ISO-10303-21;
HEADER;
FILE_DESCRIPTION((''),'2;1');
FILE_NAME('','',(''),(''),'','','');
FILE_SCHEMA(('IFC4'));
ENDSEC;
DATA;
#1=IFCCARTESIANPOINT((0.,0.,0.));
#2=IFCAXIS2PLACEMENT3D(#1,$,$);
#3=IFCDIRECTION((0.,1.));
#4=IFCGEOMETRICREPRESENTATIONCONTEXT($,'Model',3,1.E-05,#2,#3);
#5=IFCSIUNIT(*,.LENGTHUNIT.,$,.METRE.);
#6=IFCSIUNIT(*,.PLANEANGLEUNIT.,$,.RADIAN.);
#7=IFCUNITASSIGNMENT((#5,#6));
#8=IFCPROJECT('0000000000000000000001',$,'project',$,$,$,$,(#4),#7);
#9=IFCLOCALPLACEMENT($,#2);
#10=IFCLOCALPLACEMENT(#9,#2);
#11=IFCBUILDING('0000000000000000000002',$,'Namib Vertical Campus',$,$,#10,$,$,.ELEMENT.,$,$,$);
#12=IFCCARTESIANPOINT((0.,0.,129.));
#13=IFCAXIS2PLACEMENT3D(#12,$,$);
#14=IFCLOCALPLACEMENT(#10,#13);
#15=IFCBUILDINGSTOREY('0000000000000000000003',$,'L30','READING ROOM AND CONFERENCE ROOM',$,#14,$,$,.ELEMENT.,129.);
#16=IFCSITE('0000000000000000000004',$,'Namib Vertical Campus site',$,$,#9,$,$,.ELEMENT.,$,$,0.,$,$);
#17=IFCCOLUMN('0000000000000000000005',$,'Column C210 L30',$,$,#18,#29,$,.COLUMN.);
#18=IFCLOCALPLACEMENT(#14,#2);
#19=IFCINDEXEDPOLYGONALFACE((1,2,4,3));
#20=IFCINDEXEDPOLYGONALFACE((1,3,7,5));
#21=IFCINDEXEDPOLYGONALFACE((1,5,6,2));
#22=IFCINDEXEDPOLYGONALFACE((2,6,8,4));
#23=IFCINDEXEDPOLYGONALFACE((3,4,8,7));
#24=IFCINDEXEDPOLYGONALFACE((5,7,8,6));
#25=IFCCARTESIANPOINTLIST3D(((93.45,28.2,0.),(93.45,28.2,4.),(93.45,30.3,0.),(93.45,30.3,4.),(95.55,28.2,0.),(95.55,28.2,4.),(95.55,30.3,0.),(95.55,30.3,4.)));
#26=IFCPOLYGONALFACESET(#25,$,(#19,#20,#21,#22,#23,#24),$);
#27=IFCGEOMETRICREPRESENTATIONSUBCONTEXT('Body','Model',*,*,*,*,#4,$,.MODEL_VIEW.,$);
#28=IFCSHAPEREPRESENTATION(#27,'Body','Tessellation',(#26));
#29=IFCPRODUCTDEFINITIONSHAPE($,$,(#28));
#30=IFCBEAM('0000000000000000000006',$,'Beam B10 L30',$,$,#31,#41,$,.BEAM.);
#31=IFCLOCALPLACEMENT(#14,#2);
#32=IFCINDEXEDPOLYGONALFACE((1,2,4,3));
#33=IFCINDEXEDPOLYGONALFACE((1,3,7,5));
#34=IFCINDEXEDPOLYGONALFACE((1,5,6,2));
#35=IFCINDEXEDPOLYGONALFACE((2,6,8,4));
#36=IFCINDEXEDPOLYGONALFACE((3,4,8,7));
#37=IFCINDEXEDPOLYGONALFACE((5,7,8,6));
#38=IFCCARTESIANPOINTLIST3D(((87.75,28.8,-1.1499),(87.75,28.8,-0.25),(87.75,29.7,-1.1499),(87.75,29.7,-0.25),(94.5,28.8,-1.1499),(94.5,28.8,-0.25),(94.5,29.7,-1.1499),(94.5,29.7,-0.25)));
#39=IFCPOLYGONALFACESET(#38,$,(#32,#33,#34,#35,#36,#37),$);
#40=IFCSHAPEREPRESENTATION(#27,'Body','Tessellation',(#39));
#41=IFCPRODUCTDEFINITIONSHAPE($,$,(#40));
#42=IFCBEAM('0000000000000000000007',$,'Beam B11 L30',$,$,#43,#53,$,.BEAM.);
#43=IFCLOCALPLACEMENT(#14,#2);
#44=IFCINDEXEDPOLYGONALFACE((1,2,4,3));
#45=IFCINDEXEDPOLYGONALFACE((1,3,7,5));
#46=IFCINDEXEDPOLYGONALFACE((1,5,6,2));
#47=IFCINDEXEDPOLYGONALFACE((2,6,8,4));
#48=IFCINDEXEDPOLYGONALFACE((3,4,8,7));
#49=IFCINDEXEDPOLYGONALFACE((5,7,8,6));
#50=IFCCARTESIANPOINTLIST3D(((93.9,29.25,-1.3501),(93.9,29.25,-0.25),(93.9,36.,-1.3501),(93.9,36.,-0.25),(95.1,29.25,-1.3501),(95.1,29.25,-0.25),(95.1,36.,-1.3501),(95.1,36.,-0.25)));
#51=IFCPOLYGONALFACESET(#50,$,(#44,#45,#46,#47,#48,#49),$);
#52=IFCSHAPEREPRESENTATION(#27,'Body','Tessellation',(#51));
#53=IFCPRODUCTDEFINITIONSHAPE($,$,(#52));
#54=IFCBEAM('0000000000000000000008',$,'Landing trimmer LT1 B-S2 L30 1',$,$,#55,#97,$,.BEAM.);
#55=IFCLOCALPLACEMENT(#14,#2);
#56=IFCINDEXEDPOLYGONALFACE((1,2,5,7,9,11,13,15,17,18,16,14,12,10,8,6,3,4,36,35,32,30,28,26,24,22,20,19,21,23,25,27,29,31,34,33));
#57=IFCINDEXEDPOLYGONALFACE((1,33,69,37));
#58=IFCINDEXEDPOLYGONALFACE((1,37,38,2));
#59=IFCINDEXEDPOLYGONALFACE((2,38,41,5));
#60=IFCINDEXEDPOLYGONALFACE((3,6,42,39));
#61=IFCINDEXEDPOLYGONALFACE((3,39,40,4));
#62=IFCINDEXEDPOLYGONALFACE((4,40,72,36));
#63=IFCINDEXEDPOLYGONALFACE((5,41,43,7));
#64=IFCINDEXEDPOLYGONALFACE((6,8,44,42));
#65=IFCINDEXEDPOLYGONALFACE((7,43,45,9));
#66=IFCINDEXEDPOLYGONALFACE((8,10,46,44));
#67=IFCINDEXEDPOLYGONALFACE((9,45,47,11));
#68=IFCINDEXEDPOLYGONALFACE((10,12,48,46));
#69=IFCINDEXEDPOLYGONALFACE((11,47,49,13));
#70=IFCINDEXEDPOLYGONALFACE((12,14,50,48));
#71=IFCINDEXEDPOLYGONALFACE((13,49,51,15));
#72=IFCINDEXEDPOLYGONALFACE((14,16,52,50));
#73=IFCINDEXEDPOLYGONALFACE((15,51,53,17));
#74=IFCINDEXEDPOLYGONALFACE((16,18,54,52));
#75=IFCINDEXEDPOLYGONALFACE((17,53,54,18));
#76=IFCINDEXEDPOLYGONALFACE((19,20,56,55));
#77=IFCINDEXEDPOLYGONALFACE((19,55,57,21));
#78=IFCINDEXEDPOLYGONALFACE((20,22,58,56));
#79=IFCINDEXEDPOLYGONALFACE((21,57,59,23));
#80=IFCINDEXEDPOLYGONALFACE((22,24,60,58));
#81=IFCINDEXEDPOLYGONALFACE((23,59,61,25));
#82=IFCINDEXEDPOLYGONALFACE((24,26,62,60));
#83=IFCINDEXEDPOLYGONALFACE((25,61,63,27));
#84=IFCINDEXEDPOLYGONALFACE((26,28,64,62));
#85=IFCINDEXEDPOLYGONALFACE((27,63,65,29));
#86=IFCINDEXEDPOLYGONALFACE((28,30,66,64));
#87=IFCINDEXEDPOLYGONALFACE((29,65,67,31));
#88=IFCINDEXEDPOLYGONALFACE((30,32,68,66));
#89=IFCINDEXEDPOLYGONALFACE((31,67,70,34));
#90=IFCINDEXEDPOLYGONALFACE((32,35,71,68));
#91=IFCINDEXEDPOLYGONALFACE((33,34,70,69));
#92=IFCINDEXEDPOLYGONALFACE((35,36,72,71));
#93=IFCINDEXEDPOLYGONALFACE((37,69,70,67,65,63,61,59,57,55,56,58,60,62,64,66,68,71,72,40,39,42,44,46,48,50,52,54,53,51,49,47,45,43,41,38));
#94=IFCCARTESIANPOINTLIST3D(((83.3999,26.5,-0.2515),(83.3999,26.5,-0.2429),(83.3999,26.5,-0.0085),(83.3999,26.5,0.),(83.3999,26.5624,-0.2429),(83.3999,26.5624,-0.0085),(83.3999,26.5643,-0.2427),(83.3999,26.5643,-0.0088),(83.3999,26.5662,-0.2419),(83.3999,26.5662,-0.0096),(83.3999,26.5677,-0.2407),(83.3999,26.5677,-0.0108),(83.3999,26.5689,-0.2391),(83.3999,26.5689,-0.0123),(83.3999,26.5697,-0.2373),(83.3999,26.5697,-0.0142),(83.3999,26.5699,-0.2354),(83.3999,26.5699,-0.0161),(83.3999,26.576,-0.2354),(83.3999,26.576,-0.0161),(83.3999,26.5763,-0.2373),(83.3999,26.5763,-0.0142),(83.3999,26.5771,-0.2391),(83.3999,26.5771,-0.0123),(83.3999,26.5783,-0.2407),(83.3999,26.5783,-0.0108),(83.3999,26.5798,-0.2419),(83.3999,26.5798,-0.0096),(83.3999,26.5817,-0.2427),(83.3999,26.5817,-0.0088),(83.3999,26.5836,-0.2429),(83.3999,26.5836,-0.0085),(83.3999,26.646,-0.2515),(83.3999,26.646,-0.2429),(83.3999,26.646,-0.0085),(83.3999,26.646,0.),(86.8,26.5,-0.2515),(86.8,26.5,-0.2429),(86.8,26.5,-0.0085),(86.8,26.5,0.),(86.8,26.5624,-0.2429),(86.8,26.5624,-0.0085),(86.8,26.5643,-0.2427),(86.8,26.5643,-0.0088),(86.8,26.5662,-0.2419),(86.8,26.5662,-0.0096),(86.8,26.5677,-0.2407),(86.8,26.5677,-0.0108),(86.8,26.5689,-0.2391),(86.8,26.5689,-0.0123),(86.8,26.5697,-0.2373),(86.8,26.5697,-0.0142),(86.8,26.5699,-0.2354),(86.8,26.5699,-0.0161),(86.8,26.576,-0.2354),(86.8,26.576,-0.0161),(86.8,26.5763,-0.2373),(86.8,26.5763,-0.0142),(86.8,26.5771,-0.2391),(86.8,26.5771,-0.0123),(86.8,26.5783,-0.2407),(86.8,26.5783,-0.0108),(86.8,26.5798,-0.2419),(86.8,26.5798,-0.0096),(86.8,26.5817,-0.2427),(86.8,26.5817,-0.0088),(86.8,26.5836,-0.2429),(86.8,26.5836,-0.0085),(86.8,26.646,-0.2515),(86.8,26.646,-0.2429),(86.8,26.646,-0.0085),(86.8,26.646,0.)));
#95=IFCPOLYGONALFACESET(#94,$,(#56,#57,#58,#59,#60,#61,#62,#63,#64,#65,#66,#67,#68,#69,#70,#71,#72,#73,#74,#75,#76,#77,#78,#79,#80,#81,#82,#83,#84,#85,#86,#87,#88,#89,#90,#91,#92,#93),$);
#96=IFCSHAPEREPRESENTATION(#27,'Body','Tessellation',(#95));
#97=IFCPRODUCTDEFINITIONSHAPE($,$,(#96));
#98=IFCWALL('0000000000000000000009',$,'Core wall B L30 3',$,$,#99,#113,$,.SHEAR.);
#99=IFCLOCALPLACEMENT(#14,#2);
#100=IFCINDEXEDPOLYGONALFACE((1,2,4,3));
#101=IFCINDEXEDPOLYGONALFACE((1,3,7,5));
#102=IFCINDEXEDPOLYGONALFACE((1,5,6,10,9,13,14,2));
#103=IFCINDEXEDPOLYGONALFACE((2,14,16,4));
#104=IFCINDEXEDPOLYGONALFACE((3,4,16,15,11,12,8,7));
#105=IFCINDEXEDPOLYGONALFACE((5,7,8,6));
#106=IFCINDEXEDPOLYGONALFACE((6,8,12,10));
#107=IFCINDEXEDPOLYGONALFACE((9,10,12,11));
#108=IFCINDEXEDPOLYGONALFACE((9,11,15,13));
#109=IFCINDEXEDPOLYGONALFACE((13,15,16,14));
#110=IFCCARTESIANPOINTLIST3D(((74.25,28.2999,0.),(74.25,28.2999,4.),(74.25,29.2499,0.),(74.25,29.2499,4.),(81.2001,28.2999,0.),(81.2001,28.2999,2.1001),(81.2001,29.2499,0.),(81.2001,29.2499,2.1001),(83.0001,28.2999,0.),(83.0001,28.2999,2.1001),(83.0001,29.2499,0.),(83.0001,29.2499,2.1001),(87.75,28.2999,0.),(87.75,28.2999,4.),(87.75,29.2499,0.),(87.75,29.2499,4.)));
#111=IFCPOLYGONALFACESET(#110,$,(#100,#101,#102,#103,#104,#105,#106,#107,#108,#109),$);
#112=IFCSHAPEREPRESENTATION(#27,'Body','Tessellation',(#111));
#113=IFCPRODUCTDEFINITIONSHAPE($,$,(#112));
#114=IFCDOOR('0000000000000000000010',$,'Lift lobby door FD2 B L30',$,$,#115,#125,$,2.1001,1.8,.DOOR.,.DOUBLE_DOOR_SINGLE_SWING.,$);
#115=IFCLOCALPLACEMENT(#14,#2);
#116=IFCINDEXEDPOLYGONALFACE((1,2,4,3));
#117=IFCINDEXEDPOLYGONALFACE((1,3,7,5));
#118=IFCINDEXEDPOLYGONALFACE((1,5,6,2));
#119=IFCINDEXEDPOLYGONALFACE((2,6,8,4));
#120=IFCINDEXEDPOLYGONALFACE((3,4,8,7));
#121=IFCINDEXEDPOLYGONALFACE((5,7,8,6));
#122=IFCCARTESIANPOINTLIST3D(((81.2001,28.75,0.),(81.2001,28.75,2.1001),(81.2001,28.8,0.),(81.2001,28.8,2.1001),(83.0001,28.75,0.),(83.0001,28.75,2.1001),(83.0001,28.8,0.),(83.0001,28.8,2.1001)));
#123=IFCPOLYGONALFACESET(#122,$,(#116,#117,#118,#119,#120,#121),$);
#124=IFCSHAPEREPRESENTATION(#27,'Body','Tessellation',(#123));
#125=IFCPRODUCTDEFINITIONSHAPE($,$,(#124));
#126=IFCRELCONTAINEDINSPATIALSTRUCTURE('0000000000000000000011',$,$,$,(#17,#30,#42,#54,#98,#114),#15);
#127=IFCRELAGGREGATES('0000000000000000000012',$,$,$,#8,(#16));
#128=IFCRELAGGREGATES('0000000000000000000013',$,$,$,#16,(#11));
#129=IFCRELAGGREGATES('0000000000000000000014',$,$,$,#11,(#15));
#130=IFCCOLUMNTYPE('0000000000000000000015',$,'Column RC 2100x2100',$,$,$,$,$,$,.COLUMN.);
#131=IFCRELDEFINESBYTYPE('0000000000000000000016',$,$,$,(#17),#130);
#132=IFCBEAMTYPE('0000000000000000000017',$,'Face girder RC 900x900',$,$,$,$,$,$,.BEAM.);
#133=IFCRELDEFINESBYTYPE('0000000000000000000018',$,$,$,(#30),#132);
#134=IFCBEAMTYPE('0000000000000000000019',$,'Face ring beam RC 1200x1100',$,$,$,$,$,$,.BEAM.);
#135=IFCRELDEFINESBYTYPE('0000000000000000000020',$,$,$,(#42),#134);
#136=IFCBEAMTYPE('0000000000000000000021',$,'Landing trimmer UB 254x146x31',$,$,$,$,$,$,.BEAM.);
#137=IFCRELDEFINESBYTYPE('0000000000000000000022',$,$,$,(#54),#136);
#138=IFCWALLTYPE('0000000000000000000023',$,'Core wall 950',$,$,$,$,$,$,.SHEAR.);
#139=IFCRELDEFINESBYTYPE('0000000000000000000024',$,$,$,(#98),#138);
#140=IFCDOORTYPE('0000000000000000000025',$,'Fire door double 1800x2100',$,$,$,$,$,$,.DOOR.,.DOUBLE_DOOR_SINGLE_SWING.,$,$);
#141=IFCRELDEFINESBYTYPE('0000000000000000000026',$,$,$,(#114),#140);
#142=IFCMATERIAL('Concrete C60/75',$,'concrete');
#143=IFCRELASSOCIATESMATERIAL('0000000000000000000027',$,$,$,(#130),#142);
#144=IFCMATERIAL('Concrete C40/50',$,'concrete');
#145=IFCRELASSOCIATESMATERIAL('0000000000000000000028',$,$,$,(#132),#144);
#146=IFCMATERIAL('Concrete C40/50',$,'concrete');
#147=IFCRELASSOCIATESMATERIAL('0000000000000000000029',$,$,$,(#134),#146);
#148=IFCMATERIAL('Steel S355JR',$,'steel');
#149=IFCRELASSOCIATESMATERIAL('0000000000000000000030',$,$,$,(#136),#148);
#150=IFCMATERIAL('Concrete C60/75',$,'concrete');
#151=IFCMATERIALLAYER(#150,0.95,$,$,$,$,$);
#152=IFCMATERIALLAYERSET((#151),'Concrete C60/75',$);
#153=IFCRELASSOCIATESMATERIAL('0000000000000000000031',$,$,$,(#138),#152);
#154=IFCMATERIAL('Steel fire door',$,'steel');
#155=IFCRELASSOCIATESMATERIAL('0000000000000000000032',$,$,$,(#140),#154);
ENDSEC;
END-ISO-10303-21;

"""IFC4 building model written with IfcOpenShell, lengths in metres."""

from ifc_helpers import new_model, si_unit, direction, frame, frame_2d, origin, origin_2d, place, context, subcontext, project, spatial, rectangle, i_section, extrude, material, layer, layer_set, material_profile, profile_set, type_object, element, fill, save


model = new_model("IFC4")

# Units and contexts
model_context = context("Model", 3, precision=1e-05, world=origin(), true_north=direction((0.0, 1.0)))
body_context = subcontext(model_context, "Body", "Model", "MODEL_VIEW")
ifc_project = project(units=[si_unit("LENGTHUNIT", "METRE"), si_unit("PLANEANGLEUNIT", "RADIAN")], contexts=[model_context])

# Site, building, storey
site_placement = place(None, origin())
site = spatial("IfcSite", under=ifc_project, at=site_placement, Name="Namib Vertical Campus site", CompositionType="ELEMENT", RefElevation=0.0)
building_placement = place(site_placement, origin())
building = spatial("IfcBuilding", under=site, at=building_placement, Name="Namib Vertical Campus", CompositionType="ELEMENT")
storey_placement = place(building_placement, frame((0.0, 0.0, 129.0)))
storey = spatial("IfcBuildingStorey", under=building, at=storey_placement, Name="L30", Description="READING ROOM AND CONFERENCE ROOM", CompositionType="ELEMENT", Elevation=129.0)

# Column
ifc_material_1 = material(Name="Concrete C60/75", Category="concrete")
ifc_material_profile_1 = material_profile(ifc_material_1, rectangle(XDim=2.1001, YDim=2.1001, at=origin_2d()))
ifc_profile_set_1 = profile_set([ifc_material_profile_1], Name="Concrete C60/75")
column_type = type_object("IfcColumnType", Name="Column RC 2100x2100", PredefinedType="COLUMN", material=ifc_profile_set_1)
column_placement = place(storey_placement, frame((94.5, 29.25, 0.0), z_axis=(0.0, 0.0, 1.0), x_axis=(1.0, 0.0, 0.0)))
element("IfcColumn", 1, at=column_placement, inside=storey, type_object=column_type, Name="Column C210 L30", PredefinedType="COLUMN", context=body_context, shape_type="SweptSolid", body=[
    extrude(rectangle(XDim=2.1001, YDim=2.1001, at=origin_2d()), origin(), (0.0, 0.0, 1.0), 4.0),
])

# Beams
ifc_material_2 = material(Name="Concrete C40/50", Category="concrete")
ifc_material_profile_2 = material_profile(ifc_material_2, rectangle(XDim=0.8999, YDim=0.8999, at=origin_2d()))
ifc_profile_set_2 = profile_set([ifc_material_profile_2], Name="Concrete C40/50")
beam_type_1 = type_object("IfcBeamType", Name="Face girder RC 900x900", PredefinedType="BEAM", material=ifc_profile_set_2)
beam_1_placement = place(storey_placement, frame((94.5, 29.25, -0.7), z_axis=(-1.0, 0.0, 0.0), x_axis=(0.0, -1.0, 0.0)))
element("IfcBeam", 2, at=beam_1_placement, inside=storey, type_object=beam_type_1, Name="Beam B10 L30", PredefinedType="BEAM", context=body_context, shape_type="SweptSolid", body=[
    extrude(rectangle(XDim=0.8999, YDim=0.8999, at=origin_2d()), origin(), (0.0, 0.0, 1.0), 6.75),
])
ifc_material_3 = material(Name="Concrete C40/50", Category="concrete")
ifc_material_profile_3 = material_profile(ifc_material_3, rectangle(XDim=1.2, YDim=1.1001, at=origin_2d()))
ifc_profile_set_3 = profile_set([ifc_material_profile_3], Name="Concrete C40/50")
beam_type_2 = type_object("IfcBeamType", Name="Face ring beam RC 1200x1100", PredefinedType="BEAM", material=ifc_profile_set_3)
beam_2_placement = place(storey_placement, frame((94.5, 29.25, -0.8), z_axis=(0.0, 1.0, 0.0), x_axis=(-1.0, 0.0, 0.0)))
element("IfcBeam", 3, at=beam_2_placement, inside=storey, type_object=beam_type_2, Name="Beam B11 L30", PredefinedType="BEAM", context=body_context, shape_type="SweptSolid", body=[
    extrude(rectangle(XDim=1.2, YDim=1.1001, at=origin_2d()), origin(), (0.0, 0.0, 1.0), 6.75),
])
ifc_material_4 = material(Name="Steel S355JR", Category="steel")
ifc_material_profile_4 = material_profile(ifc_material_4, i_section(OverallWidth=0.146, OverallDepth=0.2515, WebThickness=0.0061, FlangeThickness=0.0085, FilletRadius=0.0076, at=origin_2d()))
ifc_profile_set_4 = profile_set([ifc_material_profile_4], Name="Steel S355JR")
beam_type_3 = type_object("IfcBeamType", Name="Landing trimmer UB 254x146x31", PredefinedType="BEAM", material=ifc_profile_set_4)
beam_3_placement = place(storey_placement, frame((83.3999, 26.573, -0.1257), z_axis=(1.0, 0.0, 0.0), x_axis=(0.0, 1.0, 0.0)))
element("IfcBeam", 4, at=beam_3_placement, inside=storey, type_object=beam_type_3, Name="Landing trimmer LT1 B-S2 L30 1", PredefinedType="BEAM", context=body_context, shape_type="SweptSolid", body=[
    extrude(i_section(OverallWidth=0.146, OverallDepth=0.2515, WebThickness=0.0061, FlangeThickness=0.0085, FilletRadius=0.0076, at=origin_2d()), origin(), (0.0, 0.0, 1.0), 3.4001),
])

# Wall, opening, door
ifc_material_5 = material(Name="Concrete C60/75", Category="concrete")
ifc_layer_1 = layer(ifc_material_5, 0.95)
ifc_layer_set_1 = layer_set([ifc_layer_1], Name="Concrete C60/75")
wall_type_1 = type_object("IfcWallType", Name="Core wall 950", PredefinedType="SHEAR", material=ifc_layer_set_1)
wall_1_placement = place(storey_placement, frame((87.75, 28.7749, 0.0), z_axis=(0.0, 0.0, 1.0), x_axis=(-1.0, 0.0, 0.0)))
wall_1 = element("IfcWall", 5, at=wall_1_placement, inside=storey, type_object=wall_type_1, Name="Core wall B L30 3", PredefinedType="SHEAR", context=body_context, shape_type="SweptSolid", body=[
    extrude(rectangle(XDim=13.5, YDim=0.95, at=frame_2d((6.75, 0.0))), origin(), (0.0, 0.0, 1.0), 4.0),
])
opening_1_placement = place(wall_1_placement, frame((4.75, 0.0, 0.0)))
opening_1 = element("IfcOpeningElement", 6, at=opening_1_placement, cuts=wall_1, PredefinedType="OPENING", context=body_context, shape_type="SweptSolid", body=[
    extrude(rectangle(XDim=1.8, YDim=2.1001, at=frame_2d((0.8999, 1.05))), frame((0.0, 0.4849, 0.0), z_axis=(0.0, -1.0, 0.0), x_axis=(1.0, 0.0, 0.0)), (0.0, 0.0, 1.0), 0.97),
])
ifc_material_6 = material(Name="Steel fire door", Category="steel")
door_type_1 = type_object("IfcDoorType", Name="Fire door double 1800x2100", OperationType="DOUBLE_DOOR_SINGLE_SWING", PredefinedType="DOOR", material=ifc_material_6)
door_1_placement = place(opening_1_placement, origin())
door_1 = element("IfcDoor", 7, at=door_1_placement, inside=storey, type_object=door_type_1, Name="Lift lobby door FD2 B L30", OperationType="DOUBLE_DOOR_SINGLE_SWING", OverallHeight=2.1001, OverallWidth=1.8, PredefinedType="DOOR", context=body_context, shape_type="SweptSolid", body=[
    extrude(rectangle(XDim=1.8, YDim=2.1001, at=frame_2d((0.8999, 1.05))), frame((0.0, 0.0249, 0.0), z_axis=(0.0, -1.0, 0.0), x_axis=(1.0, 0.0, 0.0)), (0.0, 0.0, 1.0), 0.05),
])
fill(opening_1, door_1)

save(model, "model.ifc")
